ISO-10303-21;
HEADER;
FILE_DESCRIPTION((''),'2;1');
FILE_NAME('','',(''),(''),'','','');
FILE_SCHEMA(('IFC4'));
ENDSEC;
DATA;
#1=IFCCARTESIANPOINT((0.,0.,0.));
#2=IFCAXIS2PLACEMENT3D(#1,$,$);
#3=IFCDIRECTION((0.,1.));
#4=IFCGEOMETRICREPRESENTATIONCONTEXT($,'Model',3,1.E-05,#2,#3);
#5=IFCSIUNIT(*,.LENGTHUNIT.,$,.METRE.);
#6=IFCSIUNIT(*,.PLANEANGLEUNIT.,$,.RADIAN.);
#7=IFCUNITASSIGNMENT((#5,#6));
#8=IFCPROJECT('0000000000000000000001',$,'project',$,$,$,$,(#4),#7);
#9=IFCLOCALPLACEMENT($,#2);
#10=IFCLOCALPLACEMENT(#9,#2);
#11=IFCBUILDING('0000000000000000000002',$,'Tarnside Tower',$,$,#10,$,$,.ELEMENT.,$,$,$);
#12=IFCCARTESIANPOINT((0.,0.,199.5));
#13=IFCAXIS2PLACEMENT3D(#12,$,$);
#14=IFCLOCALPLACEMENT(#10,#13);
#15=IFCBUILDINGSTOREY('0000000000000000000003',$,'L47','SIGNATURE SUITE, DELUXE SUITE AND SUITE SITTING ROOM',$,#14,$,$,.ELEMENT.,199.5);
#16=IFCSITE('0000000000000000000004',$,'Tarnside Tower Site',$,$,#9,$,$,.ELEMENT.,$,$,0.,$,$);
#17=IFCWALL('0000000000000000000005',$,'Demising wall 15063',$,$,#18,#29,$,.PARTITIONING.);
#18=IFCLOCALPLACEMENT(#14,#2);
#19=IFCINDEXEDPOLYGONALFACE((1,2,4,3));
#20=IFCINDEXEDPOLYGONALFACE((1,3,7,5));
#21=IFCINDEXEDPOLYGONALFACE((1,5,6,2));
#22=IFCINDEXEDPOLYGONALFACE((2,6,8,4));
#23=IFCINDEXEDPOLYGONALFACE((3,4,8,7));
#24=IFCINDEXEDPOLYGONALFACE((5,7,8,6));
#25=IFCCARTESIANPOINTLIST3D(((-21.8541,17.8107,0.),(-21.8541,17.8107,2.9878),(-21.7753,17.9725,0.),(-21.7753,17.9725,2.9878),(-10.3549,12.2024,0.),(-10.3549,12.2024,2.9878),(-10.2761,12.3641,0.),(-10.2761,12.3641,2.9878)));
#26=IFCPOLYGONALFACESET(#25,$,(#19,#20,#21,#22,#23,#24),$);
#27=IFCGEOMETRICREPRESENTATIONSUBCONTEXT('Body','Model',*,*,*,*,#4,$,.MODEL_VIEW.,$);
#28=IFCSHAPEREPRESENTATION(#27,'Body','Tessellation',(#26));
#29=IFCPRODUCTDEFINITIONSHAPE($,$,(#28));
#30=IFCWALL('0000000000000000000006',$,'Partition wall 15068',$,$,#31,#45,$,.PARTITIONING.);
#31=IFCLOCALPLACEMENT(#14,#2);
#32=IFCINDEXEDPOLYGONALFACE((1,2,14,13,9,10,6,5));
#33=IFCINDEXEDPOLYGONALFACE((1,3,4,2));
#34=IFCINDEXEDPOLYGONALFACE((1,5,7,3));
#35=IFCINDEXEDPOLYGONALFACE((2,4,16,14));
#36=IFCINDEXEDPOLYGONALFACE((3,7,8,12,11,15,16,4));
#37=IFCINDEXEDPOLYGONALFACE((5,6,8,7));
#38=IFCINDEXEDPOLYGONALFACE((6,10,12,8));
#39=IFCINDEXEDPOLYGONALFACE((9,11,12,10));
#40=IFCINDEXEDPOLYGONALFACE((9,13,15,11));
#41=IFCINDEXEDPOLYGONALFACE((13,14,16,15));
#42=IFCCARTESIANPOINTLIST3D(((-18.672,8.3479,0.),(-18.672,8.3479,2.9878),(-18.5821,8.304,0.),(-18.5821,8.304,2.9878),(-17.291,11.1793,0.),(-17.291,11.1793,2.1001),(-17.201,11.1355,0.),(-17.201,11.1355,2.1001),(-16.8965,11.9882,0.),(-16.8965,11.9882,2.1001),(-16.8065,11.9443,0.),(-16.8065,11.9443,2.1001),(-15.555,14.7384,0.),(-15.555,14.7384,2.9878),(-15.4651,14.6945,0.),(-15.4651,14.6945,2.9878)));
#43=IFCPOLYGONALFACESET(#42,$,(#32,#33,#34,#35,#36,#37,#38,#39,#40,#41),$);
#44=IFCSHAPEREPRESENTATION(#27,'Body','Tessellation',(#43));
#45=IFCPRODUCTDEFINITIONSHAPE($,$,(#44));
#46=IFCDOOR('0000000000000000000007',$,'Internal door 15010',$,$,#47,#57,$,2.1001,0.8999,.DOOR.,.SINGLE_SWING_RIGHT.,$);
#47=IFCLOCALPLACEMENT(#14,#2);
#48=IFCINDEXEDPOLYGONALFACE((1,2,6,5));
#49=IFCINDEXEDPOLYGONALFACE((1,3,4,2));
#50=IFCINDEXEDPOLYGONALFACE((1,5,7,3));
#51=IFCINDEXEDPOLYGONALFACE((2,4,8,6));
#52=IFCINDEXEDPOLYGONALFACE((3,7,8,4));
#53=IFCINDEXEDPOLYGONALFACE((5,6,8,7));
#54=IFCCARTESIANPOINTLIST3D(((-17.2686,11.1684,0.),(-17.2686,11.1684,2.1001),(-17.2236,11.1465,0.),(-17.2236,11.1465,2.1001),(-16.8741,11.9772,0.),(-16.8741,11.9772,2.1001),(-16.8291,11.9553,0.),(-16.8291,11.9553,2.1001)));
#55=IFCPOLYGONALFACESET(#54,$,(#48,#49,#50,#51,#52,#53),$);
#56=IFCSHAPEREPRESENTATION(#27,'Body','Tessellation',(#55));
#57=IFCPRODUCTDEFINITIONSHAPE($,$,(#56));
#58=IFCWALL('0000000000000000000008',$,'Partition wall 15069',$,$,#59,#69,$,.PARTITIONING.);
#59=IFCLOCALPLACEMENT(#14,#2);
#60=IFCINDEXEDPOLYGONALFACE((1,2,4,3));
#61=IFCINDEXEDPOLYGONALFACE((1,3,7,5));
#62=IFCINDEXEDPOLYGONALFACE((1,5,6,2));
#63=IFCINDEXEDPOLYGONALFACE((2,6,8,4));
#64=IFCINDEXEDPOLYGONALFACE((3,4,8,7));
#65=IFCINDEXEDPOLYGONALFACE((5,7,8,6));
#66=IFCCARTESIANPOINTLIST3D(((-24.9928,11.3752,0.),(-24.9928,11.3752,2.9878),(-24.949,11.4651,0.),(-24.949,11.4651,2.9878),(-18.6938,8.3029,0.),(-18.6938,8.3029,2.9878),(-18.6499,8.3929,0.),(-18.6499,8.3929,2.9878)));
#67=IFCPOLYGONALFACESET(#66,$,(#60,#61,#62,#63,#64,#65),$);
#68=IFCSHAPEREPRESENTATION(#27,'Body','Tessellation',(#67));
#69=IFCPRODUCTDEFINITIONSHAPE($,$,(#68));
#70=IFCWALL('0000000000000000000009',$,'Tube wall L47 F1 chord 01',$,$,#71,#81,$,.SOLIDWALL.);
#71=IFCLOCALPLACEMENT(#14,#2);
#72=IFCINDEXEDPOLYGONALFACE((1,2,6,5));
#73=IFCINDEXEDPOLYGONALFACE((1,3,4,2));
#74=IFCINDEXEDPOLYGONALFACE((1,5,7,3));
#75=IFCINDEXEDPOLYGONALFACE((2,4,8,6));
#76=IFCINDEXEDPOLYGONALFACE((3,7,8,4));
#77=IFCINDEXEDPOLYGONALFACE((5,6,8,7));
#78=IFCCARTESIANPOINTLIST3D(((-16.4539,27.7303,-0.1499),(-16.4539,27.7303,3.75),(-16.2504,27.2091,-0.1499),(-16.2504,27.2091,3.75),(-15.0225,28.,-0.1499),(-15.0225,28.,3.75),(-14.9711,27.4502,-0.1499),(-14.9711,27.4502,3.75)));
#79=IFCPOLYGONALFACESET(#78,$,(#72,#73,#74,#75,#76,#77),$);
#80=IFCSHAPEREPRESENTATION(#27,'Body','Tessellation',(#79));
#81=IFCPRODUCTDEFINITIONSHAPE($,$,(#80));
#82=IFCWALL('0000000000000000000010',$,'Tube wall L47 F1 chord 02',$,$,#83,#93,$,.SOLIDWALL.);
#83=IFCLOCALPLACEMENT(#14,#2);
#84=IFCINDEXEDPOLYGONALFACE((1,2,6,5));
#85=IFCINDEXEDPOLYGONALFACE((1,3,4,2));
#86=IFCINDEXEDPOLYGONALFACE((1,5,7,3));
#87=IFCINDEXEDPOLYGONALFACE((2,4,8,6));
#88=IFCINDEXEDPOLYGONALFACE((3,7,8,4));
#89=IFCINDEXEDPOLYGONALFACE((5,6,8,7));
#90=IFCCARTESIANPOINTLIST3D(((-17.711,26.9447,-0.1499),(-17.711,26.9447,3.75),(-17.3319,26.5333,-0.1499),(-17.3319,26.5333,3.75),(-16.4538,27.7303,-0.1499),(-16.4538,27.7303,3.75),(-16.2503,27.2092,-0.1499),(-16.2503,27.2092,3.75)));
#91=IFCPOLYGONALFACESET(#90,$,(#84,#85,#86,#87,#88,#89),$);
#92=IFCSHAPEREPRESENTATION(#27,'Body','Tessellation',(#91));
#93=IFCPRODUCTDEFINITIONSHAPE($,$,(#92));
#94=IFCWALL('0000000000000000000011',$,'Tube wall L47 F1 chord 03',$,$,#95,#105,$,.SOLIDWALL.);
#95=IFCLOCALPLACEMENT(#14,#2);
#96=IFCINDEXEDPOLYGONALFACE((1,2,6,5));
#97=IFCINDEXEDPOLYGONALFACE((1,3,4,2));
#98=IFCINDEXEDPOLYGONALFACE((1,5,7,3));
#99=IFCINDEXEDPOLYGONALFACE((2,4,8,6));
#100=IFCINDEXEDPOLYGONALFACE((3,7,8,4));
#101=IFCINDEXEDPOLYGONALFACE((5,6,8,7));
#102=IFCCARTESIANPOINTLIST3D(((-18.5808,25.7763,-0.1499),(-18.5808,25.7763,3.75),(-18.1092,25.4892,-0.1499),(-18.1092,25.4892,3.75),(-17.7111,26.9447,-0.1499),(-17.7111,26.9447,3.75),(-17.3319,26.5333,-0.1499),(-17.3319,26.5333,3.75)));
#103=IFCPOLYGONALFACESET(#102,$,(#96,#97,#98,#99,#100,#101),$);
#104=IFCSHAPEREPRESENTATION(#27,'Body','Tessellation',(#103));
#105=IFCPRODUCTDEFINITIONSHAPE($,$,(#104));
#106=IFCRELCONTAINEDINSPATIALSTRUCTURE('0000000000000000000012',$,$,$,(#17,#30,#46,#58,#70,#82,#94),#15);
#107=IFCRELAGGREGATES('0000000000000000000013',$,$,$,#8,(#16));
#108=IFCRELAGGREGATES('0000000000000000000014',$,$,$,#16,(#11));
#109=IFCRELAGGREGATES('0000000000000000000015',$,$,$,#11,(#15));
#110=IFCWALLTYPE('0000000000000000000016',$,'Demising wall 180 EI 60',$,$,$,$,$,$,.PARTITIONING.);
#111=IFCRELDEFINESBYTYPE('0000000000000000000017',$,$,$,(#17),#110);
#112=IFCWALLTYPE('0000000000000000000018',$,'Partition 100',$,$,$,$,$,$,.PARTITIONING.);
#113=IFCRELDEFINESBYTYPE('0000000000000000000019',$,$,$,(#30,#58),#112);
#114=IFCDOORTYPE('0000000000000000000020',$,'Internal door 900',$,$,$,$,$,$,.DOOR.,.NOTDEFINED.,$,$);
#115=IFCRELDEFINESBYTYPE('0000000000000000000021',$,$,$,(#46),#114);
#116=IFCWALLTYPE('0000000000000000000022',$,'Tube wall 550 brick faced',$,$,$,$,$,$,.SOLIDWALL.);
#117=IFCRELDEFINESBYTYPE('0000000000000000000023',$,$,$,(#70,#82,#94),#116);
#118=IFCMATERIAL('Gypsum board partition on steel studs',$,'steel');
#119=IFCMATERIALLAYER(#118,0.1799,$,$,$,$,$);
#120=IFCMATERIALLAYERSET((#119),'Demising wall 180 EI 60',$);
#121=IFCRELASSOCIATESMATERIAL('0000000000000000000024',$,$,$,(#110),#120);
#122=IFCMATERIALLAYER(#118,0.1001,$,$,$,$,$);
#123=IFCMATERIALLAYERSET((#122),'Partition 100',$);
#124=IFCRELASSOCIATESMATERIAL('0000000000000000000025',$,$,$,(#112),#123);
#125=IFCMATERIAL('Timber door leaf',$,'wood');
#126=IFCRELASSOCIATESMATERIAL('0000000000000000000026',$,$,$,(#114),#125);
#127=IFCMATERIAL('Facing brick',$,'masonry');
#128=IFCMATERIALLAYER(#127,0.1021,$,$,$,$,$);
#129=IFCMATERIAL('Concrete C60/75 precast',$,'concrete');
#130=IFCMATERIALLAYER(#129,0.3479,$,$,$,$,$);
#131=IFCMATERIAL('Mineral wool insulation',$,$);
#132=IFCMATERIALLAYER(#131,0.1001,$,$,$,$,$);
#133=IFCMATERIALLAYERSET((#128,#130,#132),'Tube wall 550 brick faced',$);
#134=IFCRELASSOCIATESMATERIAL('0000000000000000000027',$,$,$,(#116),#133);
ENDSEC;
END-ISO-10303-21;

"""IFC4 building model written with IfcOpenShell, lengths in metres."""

from ifc_helpers import new_model, si_unit, direction, frame, frame_2d, origin, place, context, subcontext, project, spatial, polyline, rectangle, outline, extrude, material, layer, layer_set, type_object, element, fill, save


model = new_model("IFC4")

# Units and contexts
model_context = context("Model", 3, precision=1e-05, world=origin(), true_north=direction((0.0, 1.0)))
body_context = subcontext(model_context, "Body", "Model", "MODEL_VIEW")
ifc_project = project(units=[si_unit("LENGTHUNIT", "METRE"), si_unit("PLANEANGLEUNIT", "RADIAN")], contexts=[model_context])

# Site, building, storey
site_placement = place(None, origin())
site = spatial("IfcSite", under=ifc_project, at=site_placement, Name="Tarnside Tower Site", CompositionType="ELEMENT", RefElevation=0.0)
building_placement = place(site_placement, origin())
building = spatial("IfcBuilding", under=site, at=building_placement, Name="Tarnside Tower", CompositionType="ELEMENT")
storey_placement = place(building_placement, frame((0.0, 0.0, 199.5)))
storey = spatial("IfcBuildingStorey", under=building, at=storey_placement, Name="L47", Description="SIGNATURE SUITE, DELUXE SUITE AND SUITE SITTING ROOM", CompositionType="ELEMENT", Elevation=199.5)

# Wall
ifc_material_1 = material(Name="Gypsum board partition on steel studs", Category="steel")
ifc_layer_1 = layer(ifc_material_1, 0.1799)
ifc_layer_set_1 = layer_set([ifc_layer_1], Name="Demising wall 180 EI 60")
wall_type_1 = type_object("IfcWallType", Name="Demising wall 180 EI 60", PredefinedType="PARTITIONING", material=ifc_layer_set_1)
wall_1_placement = place(storey_placement, frame((-21.8147, 17.8916, 0.0), z_axis=(0.0, 0.0, 1.0), x_axis=(0.898799, -0.43836, 0.0)))
element("IfcWall", 1, at=wall_1_placement, inside=storey, type_object=wall_type_1, Name="Demising wall 15063", PredefinedType="PARTITIONING", context=body_context, shape_type="SweptSolid", body=[
    extrude(rectangle(XDim=12.7939, YDim=0.1799, at=frame_2d((6.397, 0.0))), origin(), (0.0, 0.0, 1.0), 2.9878),
])

# Wall, opening, door
ifc_layer_2 = layer(ifc_material_1, 0.1001)
ifc_layer_set_2 = layer_set([ifc_layer_2], Name="Partition 100")
wall_type_2 = type_object("IfcWallType", Name="Partition 100", PredefinedType="PARTITIONING", material=ifc_layer_set_2)
wall_2_placement = place(storey_placement, frame((-15.51, 14.7166, 0.0), z_axis=(0.0, 0.0, 1.0), x_axis=(-0.438388, -0.898786, 0.0)))
wall_2 = element("IfcWall", 2, at=wall_2_placement, inside=storey, type_object=wall_type_2, Name="Partition wall 15068", PredefinedType="PARTITIONING", context=body_context, shape_type="SweptSolid", body=[
    extrude(rectangle(XDim=7.1101, YDim=0.1001, at=frame_2d((3.5552, 0.0))), origin(), (0.0, 0.0, 1.0), 2.9878),
])
opening_1_placement = place(wall_2_placement, frame((3.0601, 0.0, 0.0)))
opening_1 = element("IfcOpeningElement", 3, at=opening_1_placement, cuts=wall_2, PredefinedType="OPENING", context=body_context, shape_type="SweptSolid", body=[
    extrude(rectangle(XDim=0.8999, YDim=2.1001, at=frame_2d((0.45, 1.05))), frame((0.0, 0.0601, 0.0), z_axis=(0.0, -1.0, 0.0), x_axis=(1.0, 0.0, 0.0)), (0.0, 0.0, 1.0), 0.1201),
])
ifc_material_2 = material(Name="Timber door leaf", Category="wood")
door_type = type_object("IfcDoorType", Name="Internal door 900", OperationType="NOTDEFINED", PredefinedType="DOOR", material=ifc_material_2)
door_placement = place(opening_1_placement, origin())
door = element("IfcDoor", 4, at=door_placement, inside=storey, type_object=door_type, Name="Internal door 15010", OperationType="SINGLE_SWING_RIGHT", OverallHeight=2.1001, OverallWidth=0.8999, PredefinedType="DOOR", context=body_context, shape_type="SweptSolid", body=[
    extrude(rectangle(XDim=0.8999, YDim=2.1001, at=frame_2d((0.45, 1.05))), frame((0.0, 0.0249, 0.0), z_axis=(0.0, -1.0, 0.0), x_axis=(1.0, 0.0, 0.0)), (0.0, 0.0, 1.0), 0.05),
])
fill(opening_1, door)

# Walls
wall_3_placement = place(storey_placement, frame((-18.6719, 8.3479, 0.0), z_axis=(0.0, 0.0, 1.0), x_axis=(-0.898794, 0.438371, 0.0)))
element("IfcWall", 5, at=wall_3_placement, inside=storey, type_object=wall_type_2, Name="Partition wall 15069", PredefinedType="PARTITIONING", context=body_context, shape_type="SweptSolid", body=[
    extrude(rectangle(XDim=7.0083, YDim=0.1001, at=frame_2d((3.5042, 0.0))), origin(), (0.0, 0.0, 1.0), 2.9878),
])
ifc_material_3 = material(Name="Facing brick", Category="masonry")
ifc_layer_3 = layer(ifc_material_3, 0.1021)
ifc_material_4 = material(Name="Concrete C60/75 precast", Category="concrete")
ifc_layer_4 = layer(ifc_material_4, 0.3479)
ifc_material_5 = material(Name="Mineral wool insulation")
ifc_layer_5 = layer(ifc_material_5, 0.1001)
ifc_layer_set_3 = layer_set([ifc_layer_3, ifc_layer_4, ifc_layer_5], Name="Tube wall 550 brick faced")
wall_type_3 = type_object("IfcWallType", Name="Tube wall 550 brick faced", PredefinedType="SOLIDWALL", material=ifc_layer_set_3)
wall_4_placement = place(storey_placement, frame((-14.9968, 27.7251, -0.1499), z_axis=(0.0, 0.0, 1.0), x_axis=(-0.982705, -0.185176, 0.0)))
element("IfcWall", 6, at=wall_4_placement, inside=storey, type_object=wall_type_3, Name="Tube wall L47 F1 chord 01", PredefinedType="SOLIDWALL", context=body_context, shape_type="SweptSolid", body=[
    extrude(outline(polyline([(-0.0256, -0.2749), (1.4309, -0.2749), (1.3274, 0.2749), (0.0256, 0.2749), (-0.0256, -0.2749)])), origin(), (0.0, 0.0, 1.0), 3.8999),
])
wall_5_placement = place(storey_placement, frame((-16.3521, 27.4697, -0.1499), z_axis=(0.0, 0.0, 1.0), x_axis=(-0.848058, -0.529903, 0.0)))
element("IfcWall", 7, at=wall_5_placement, inside=storey, type_object=wall_type_3, Name="Tube wall L47 F1 chord 02", PredefinedType="SOLIDWALL", context=body_context, shape_type="SweptSolid", body=[
    extrude(outline(polyline([(-0.0518, -0.2749), (1.4307, -0.2749), (1.3271, 0.2749), (0.0518, 0.2749), (-0.0518, -0.2749)])), origin(), (0.0, 0.0, 1.0), 3.8999),
])
wall_6_placement = place(storey_placement, frame((-17.5215, 26.739, -0.1499), z_axis=(0.0, 0.0, 1.0), x_axis=(-0.597135, -0.802141, 0.0)))
element("IfcWall", 8, at=wall_6_placement, inside=storey, type_object=wall_type_3, Name="Tube wall L47 F1 chord 03", PredefinedType="SOLIDWALL", context=body_context, shape_type="SweptSolid", body=[
    extrude(outline(polyline([(-0.0518, -0.2749), (1.4048, -0.2749), (1.3535, 0.2749), (0.0518, 0.2749), (-0.0518, -0.2749)])), origin(), (0.0, 0.0, 1.0), 3.8999),
])

save(model, "model.ifc")
